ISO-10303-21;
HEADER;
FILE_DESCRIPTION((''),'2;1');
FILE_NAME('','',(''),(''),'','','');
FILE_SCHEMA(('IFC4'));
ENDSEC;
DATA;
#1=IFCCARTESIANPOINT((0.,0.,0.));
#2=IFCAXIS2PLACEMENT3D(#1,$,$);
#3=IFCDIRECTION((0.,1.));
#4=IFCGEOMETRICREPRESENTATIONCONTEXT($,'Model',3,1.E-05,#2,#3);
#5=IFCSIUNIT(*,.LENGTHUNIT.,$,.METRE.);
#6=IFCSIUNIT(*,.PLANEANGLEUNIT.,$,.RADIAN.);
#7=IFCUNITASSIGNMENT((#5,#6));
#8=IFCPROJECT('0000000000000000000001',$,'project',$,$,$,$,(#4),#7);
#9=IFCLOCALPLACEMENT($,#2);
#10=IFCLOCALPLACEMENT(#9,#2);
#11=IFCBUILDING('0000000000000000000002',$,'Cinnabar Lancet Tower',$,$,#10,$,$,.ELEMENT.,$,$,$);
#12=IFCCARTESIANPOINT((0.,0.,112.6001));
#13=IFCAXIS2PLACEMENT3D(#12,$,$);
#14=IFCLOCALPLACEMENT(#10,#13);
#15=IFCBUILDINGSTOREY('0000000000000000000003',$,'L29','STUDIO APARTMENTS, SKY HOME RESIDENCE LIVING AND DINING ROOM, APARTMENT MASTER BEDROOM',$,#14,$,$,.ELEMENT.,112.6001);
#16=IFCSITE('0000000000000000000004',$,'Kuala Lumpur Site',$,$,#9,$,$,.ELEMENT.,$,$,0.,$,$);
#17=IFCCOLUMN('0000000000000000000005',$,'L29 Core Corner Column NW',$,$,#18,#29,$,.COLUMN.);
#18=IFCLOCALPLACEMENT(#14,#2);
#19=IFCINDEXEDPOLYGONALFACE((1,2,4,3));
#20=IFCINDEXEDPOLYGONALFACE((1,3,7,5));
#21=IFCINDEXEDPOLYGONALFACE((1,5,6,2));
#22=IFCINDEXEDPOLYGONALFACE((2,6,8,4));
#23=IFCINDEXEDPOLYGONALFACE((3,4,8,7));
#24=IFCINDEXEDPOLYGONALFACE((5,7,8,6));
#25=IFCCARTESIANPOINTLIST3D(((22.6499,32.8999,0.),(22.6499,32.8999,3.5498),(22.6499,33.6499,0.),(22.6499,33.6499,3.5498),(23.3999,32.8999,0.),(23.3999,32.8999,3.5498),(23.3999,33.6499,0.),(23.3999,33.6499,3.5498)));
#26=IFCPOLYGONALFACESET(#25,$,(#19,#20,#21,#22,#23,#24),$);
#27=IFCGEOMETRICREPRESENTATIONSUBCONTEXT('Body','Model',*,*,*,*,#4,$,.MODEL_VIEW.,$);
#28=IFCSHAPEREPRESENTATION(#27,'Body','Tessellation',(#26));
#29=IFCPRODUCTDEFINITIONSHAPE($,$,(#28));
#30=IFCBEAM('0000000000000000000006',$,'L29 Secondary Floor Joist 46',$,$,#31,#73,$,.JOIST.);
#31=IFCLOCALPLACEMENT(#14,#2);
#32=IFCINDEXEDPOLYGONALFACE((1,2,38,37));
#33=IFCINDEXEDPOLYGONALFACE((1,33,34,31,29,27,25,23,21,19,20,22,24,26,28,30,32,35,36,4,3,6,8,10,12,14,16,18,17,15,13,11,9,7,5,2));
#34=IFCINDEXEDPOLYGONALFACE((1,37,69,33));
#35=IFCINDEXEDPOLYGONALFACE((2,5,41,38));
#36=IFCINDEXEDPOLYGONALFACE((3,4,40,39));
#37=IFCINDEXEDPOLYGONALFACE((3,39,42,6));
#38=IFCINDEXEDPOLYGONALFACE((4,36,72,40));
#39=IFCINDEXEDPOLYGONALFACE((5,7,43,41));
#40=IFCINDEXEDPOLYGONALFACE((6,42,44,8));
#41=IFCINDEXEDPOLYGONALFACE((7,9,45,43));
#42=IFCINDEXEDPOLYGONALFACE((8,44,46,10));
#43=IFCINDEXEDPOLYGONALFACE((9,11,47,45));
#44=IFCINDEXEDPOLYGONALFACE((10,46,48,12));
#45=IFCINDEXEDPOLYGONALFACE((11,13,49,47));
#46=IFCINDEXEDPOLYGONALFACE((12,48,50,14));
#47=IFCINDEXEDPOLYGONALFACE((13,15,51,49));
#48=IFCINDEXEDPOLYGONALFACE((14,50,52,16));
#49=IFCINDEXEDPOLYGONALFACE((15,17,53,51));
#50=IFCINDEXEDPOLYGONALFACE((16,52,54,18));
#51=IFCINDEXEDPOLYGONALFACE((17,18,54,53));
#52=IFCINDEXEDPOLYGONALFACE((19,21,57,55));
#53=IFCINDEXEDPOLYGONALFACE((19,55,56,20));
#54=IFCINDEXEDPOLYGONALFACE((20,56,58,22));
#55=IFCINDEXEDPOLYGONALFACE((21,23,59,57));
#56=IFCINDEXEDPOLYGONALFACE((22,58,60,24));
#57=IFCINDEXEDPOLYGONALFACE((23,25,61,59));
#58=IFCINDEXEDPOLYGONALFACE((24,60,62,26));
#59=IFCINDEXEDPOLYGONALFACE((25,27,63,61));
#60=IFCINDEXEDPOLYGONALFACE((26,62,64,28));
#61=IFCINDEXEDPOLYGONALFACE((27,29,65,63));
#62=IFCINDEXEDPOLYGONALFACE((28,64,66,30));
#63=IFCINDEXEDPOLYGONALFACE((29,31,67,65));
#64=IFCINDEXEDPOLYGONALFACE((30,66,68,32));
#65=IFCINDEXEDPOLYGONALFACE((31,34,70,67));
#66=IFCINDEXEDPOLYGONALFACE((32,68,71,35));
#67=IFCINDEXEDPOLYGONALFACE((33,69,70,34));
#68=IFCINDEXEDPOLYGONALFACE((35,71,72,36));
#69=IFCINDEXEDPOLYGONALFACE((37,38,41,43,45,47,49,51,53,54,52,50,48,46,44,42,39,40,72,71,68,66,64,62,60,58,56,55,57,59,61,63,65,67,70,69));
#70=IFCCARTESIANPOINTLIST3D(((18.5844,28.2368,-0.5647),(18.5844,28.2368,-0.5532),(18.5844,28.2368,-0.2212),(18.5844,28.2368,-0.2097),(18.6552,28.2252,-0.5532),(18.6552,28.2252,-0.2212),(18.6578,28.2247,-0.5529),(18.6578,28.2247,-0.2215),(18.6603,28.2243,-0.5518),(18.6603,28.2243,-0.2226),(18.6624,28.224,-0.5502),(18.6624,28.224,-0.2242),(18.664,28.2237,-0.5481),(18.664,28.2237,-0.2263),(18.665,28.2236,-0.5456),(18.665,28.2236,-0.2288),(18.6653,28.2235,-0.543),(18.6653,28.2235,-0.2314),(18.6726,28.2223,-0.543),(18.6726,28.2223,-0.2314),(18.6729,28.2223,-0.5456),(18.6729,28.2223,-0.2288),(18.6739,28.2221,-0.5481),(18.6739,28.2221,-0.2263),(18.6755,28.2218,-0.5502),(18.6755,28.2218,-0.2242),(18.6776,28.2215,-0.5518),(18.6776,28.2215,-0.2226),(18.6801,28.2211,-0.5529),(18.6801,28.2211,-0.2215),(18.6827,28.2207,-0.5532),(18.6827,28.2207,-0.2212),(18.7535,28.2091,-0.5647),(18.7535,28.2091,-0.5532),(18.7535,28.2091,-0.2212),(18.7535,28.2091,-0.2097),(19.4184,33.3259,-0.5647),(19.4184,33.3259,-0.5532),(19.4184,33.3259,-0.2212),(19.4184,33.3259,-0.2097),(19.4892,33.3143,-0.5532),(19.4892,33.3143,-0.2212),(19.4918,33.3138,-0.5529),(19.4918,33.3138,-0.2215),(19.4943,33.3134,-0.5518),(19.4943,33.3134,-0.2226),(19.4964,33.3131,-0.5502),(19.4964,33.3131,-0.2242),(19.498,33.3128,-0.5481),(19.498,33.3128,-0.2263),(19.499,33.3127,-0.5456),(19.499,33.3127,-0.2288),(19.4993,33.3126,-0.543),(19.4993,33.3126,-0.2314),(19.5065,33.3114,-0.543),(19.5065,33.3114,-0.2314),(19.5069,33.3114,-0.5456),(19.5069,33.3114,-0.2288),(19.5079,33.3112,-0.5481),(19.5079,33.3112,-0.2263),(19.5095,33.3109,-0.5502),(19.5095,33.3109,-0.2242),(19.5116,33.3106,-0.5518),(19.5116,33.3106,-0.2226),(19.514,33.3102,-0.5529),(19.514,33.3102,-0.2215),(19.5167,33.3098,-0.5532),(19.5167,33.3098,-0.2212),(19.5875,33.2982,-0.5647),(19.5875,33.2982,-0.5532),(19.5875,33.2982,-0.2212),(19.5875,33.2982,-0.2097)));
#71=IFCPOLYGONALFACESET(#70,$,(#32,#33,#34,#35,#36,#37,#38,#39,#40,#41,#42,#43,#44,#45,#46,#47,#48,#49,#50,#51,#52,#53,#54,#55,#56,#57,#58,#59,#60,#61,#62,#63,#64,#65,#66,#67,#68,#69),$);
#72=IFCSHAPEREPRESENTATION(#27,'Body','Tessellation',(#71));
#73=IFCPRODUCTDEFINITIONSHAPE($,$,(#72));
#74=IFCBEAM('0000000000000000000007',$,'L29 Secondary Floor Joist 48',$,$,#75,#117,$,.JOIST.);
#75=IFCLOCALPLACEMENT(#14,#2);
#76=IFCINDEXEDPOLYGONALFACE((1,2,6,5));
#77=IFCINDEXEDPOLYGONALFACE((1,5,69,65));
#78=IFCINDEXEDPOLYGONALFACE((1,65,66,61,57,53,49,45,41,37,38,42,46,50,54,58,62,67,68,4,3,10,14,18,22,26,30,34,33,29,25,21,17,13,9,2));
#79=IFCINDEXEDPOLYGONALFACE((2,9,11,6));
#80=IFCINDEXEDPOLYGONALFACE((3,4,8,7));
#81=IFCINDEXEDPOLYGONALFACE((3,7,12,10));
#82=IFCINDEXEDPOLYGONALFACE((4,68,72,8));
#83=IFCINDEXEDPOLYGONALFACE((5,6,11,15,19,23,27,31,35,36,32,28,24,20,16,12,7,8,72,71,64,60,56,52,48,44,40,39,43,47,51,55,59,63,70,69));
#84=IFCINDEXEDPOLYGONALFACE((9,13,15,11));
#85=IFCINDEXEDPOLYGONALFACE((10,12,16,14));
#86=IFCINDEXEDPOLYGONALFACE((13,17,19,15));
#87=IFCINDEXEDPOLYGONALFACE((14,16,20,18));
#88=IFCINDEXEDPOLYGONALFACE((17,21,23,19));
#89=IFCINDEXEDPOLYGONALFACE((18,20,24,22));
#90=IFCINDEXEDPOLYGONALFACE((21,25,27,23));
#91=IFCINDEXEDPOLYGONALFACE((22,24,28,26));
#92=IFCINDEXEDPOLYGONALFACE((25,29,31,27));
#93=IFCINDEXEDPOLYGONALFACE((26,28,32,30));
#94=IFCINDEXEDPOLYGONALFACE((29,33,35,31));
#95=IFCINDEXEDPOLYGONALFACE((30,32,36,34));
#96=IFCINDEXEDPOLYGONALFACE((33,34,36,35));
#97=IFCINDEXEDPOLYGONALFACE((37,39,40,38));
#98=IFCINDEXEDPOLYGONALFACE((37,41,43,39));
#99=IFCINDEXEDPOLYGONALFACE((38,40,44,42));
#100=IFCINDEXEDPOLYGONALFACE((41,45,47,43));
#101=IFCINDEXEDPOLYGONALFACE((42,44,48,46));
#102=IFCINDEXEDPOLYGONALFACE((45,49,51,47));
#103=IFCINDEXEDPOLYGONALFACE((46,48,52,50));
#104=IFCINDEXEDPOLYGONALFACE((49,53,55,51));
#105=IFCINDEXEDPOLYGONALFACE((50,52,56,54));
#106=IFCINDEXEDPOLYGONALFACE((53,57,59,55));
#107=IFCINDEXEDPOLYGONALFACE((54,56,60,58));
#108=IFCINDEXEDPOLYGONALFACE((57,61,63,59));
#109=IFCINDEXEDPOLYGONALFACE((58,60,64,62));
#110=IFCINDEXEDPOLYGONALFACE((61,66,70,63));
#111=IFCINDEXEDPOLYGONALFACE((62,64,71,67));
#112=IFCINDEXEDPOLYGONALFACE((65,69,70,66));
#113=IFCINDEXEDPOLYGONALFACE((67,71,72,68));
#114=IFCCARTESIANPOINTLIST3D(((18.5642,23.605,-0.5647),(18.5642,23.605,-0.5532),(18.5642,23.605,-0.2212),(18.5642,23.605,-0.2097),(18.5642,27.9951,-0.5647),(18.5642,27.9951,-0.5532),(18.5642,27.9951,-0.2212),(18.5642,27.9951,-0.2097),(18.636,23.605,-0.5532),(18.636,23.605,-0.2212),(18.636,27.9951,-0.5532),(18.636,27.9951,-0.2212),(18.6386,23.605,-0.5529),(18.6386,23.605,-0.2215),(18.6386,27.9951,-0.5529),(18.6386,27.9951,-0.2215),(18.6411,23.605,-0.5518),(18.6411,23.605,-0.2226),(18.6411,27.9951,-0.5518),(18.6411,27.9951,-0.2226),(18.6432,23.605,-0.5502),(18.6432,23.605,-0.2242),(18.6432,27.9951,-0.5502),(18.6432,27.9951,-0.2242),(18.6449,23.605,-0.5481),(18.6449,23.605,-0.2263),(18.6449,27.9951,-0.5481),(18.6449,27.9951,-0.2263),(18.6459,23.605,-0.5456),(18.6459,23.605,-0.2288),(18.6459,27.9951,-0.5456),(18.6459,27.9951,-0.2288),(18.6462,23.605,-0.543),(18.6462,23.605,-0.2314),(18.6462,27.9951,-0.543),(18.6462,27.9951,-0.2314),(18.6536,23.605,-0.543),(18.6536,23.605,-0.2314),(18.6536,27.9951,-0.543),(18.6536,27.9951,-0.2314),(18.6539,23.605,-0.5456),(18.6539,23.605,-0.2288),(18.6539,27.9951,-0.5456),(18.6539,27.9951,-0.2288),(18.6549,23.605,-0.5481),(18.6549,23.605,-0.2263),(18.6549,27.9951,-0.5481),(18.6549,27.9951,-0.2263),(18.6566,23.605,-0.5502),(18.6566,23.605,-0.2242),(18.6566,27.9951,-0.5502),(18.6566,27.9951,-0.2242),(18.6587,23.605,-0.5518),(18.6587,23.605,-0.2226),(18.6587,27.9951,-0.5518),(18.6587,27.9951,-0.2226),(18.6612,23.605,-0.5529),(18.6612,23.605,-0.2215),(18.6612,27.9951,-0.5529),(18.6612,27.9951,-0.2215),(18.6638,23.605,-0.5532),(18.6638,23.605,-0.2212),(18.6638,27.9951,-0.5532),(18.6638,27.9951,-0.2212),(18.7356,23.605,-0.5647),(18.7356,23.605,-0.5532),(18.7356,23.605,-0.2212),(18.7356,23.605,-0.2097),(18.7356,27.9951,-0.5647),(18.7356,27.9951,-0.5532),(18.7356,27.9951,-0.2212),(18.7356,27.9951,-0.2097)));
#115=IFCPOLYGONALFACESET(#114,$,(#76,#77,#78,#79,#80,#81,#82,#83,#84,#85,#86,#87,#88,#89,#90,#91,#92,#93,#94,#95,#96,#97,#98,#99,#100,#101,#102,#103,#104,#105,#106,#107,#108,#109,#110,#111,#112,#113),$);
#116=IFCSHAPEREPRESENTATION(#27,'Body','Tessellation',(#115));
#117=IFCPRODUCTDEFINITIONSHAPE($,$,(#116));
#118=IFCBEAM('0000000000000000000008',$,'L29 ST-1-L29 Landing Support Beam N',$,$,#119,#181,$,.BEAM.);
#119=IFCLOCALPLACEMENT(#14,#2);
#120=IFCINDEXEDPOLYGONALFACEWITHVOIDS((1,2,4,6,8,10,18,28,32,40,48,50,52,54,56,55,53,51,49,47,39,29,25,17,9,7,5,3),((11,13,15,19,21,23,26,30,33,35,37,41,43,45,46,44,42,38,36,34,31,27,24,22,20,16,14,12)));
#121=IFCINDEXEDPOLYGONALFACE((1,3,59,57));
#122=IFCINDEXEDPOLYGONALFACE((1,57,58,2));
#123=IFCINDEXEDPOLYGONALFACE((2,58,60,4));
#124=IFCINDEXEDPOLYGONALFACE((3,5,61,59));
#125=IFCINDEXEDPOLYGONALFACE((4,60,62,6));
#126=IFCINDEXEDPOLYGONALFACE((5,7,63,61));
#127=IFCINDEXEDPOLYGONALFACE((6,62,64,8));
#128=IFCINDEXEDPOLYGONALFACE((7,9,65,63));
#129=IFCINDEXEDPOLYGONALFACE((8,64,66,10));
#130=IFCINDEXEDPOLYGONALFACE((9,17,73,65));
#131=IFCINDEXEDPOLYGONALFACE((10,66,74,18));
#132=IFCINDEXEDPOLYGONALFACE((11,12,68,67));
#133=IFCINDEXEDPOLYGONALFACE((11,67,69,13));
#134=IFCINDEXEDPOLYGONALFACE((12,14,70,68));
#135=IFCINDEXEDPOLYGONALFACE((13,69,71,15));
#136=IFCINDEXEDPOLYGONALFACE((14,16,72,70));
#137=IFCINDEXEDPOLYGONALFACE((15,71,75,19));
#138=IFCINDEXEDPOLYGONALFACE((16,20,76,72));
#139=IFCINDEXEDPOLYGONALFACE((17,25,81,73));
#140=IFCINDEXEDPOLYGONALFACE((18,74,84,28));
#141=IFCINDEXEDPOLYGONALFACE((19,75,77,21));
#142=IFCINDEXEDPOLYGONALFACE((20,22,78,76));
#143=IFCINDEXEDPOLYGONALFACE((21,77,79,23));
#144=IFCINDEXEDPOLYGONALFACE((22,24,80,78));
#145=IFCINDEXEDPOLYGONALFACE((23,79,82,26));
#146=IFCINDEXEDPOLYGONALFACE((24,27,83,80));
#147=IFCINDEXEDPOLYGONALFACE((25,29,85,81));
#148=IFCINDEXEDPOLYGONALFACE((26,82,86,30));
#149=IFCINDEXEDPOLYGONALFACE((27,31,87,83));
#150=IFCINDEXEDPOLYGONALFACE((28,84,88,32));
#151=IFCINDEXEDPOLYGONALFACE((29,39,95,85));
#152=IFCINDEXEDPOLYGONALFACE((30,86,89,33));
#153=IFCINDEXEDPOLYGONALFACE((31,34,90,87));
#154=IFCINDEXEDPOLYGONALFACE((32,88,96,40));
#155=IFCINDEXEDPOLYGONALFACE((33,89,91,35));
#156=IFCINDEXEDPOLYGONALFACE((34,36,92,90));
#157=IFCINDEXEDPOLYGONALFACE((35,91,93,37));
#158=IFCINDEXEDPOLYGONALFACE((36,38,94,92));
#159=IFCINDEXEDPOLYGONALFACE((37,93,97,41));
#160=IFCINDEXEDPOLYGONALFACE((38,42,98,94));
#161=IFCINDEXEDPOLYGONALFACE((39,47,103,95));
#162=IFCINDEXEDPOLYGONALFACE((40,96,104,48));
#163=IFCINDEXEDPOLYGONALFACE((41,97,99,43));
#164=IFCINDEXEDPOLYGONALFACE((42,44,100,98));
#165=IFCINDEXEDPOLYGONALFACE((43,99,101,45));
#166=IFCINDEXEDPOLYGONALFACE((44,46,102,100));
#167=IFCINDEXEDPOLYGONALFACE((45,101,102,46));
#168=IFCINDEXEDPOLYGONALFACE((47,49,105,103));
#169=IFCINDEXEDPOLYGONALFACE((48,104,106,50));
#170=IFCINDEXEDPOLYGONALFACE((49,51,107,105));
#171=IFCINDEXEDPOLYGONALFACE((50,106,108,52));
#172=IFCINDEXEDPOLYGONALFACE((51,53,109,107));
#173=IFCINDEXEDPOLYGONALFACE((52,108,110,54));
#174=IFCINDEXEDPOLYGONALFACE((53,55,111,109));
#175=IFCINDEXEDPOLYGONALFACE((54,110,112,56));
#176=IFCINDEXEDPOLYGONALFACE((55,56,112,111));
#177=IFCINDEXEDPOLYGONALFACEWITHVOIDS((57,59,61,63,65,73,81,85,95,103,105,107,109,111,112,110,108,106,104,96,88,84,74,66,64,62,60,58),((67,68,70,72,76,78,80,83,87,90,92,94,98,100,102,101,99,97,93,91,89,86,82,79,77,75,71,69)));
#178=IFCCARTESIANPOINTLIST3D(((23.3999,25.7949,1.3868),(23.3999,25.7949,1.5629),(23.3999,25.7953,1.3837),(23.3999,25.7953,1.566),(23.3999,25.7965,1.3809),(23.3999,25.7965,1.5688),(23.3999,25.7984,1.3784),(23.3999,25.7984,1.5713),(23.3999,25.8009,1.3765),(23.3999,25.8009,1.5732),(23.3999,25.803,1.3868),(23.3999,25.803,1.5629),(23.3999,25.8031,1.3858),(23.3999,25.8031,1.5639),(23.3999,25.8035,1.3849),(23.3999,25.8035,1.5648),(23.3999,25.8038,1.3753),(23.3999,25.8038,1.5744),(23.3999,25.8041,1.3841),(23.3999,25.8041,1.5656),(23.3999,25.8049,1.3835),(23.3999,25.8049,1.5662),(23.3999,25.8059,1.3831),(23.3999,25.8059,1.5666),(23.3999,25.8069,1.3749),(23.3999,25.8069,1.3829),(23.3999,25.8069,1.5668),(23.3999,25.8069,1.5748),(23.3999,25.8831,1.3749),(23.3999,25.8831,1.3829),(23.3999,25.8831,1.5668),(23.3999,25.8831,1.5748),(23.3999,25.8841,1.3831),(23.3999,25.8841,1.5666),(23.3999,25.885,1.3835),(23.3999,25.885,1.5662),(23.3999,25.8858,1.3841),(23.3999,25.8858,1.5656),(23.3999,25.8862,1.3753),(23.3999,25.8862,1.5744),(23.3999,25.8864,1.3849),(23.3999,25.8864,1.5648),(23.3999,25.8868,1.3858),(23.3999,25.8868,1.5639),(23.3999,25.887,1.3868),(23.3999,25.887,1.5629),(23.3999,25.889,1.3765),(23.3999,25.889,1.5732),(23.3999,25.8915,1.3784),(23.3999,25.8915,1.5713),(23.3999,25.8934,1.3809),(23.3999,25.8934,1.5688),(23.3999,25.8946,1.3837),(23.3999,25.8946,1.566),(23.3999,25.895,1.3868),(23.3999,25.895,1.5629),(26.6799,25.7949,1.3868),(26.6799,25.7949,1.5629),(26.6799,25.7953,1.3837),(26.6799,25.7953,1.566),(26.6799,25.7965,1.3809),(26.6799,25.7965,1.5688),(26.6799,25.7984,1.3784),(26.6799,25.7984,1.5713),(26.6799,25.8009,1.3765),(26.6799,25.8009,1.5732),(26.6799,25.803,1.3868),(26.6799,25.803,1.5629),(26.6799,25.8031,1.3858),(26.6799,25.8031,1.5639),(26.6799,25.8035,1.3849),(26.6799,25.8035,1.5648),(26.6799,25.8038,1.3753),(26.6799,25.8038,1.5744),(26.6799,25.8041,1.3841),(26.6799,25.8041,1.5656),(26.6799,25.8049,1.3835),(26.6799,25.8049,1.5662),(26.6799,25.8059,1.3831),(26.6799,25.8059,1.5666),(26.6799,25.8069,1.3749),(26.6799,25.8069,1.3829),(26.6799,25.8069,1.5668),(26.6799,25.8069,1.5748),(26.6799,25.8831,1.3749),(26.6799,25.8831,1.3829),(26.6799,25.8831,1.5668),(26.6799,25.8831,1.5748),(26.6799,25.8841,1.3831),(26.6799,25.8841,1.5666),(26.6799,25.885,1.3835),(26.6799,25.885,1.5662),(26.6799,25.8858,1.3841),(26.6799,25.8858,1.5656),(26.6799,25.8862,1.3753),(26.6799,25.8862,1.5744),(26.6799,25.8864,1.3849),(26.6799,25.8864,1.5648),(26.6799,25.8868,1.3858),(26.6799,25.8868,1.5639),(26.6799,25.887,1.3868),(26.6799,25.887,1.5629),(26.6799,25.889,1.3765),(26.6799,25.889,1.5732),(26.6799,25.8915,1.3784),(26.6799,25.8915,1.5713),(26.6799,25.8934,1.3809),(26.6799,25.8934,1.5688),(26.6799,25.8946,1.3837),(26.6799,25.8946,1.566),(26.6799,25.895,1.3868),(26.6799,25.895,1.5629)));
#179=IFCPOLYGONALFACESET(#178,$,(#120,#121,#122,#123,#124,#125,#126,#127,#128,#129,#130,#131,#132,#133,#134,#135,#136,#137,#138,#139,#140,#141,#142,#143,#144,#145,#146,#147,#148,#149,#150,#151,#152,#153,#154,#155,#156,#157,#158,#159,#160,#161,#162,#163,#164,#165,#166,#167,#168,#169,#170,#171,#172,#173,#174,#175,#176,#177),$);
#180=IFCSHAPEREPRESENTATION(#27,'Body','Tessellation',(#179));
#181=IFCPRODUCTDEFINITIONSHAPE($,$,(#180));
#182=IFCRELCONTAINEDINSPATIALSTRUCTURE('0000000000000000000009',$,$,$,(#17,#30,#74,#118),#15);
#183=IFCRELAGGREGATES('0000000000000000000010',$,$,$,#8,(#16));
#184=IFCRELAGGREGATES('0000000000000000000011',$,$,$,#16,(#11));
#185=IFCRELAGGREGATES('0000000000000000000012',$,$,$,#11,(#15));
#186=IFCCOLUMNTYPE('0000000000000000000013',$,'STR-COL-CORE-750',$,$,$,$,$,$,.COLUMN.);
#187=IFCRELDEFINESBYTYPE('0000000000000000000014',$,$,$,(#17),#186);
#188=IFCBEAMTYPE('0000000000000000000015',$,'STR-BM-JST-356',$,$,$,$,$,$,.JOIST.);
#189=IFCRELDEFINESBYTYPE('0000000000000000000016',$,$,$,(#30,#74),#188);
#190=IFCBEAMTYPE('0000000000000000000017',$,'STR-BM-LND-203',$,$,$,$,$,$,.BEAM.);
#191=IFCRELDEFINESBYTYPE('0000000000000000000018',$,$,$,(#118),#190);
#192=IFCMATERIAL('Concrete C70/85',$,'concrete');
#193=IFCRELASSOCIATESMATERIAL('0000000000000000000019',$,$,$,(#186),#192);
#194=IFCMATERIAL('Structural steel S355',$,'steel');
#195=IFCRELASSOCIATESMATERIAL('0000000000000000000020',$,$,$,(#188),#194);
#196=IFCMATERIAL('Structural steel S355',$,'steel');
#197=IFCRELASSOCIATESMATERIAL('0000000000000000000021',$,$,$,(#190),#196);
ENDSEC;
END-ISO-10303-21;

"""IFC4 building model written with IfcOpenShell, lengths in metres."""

from ifc_helpers import new_model, si_unit, direction, frame, origin, origin_2d, place, context, subcontext, project, spatial, rectangle, hollow_rectangle, i_section, extrude, material, material_profile, profile_set, type_object, element, save


model = new_model("IFC4")

# Units and contexts
model_context = context("Model", 3, precision=1e-05, world=origin(), true_north=direction((0.0, 1.0)))
body_context = subcontext(model_context, "Body", "Model", "MODEL_VIEW")
ifc_project = project(units=[si_unit("LENGTHUNIT", "METRE"), si_unit("PLANEANGLEUNIT", "RADIAN")], contexts=[model_context])

# Site, building, storey
site_placement = place(None, origin())
site = spatial("IfcSite", under=ifc_project, at=site_placement, Name="Kuala Lumpur Site", CompositionType="ELEMENT", RefElevation=0.0)
building_placement = place(site_placement, origin())
building = spatial("IfcBuilding", under=site, at=building_placement, Name="Cinnabar Lancet Tower", CompositionType="ELEMENT")
storey_placement = place(building_placement, frame((0.0, 0.0, 112.6001)))
storey = spatial("IfcBuildingStorey", under=building, at=storey_placement, Name="L29", Description="STUDIO APARTMENTS, SKY HOME RESIDENCE LIVING AND DINING ROOM, APARTMENT MASTER BEDROOM", CompositionType="ELEMENT", Elevation=112.6001)

# Column
ifc_material_1 = material(Name="Concrete C70/85", Category="concrete")
ifc_material_profile_1 = material_profile(ifc_material_1, rectangle(XDim=0.75, YDim=0.75, at=origin_2d()), Name="RC-COL 750x750")
ifc_profile_set_1 = profile_set([ifc_material_profile_1], Name="Concrete C70/85")
column_type = type_object("IfcColumnType", Name="STR-COL-CORE-750", PredefinedType="COLUMN", material=ifc_profile_set_1)
column_placement = place(storey_placement, frame((23.0249, 33.2749, 0.0), z_axis=(0.0, 0.0, 1.0), x_axis=(1.0, 0.0, 0.0)))
element("IfcColumn", 1, at=column_placement, inside=storey, type_object=column_type, Name="L29 Core Corner Column NW", PredefinedType="COLUMN", context=body_context, shape_type="SweptSolid", body=[
    extrude(rectangle(XDim=0.75, YDim=0.75, at=origin_2d()), origin(), (0.0, 0.0, 1.0), 3.5498),
])

# Beams
ifc_material_2 = material(Name="Structural steel S355", Category="steel")
ifc_material_profile_2 = material_profile(ifc_material_2, i_section(OverallWidth=0.1714, OverallDepth=0.355, WebThickness=0.0073, FlangeThickness=0.0115, FilletRadius=0.0103, at=origin_2d()), Name="UKB 356x171x51")
ifc_profile_set_2 = profile_set([ifc_material_profile_2], Name="Structural steel S355")
beam_type_1 = type_object("IfcBeamType", Name="STR-BM-JST-356", PredefinedType="JOIST", material=ifc_profile_set_2)
beam_1_placement = place(storey_placement, frame((19.5029, 33.312, -0.3872), z_axis=(-0.161719, -0.986837, 0.0), x_axis=(0.986837, -0.161719, 0.0)))
element("IfcBeam", 2, at=beam_1_placement, inside=storey, type_object=beam_type_1, Name="L29 Secondary Floor Joist 46", PredefinedType="JOIST", context=body_context, shape_type="SweptSolid", body=[
    extrude(i_section(OverallWidth=0.1714, OverallDepth=0.355, WebThickness=0.0073, FlangeThickness=0.0115, FilletRadius=0.0103, at=origin_2d()), origin(), (0.0, 0.0, 1.0), 5.157),
])
beam_2_placement = place(storey_placement, frame((18.6499, 27.9951, -0.3872), z_axis=(0.0, -1.0, 0.0), x_axis=(1.0, 0.0, 0.0)))
element("IfcBeam", 3, at=beam_2_placement, inside=storey, type_object=beam_type_1, Name="L29 Secondary Floor Joist 48", PredefinedType="JOIST", context=body_context, shape_type="SweptSolid", body=[
    extrude(i_section(OverallWidth=0.1714, OverallDepth=0.355, WebThickness=0.0073, FlangeThickness=0.0115, FilletRadius=0.0103, at=origin_2d()), origin(), (0.0, 0.0, 1.0), 4.3901),
])
ifc_material_3 = material(Name="Structural steel S355", Category="steel")
ifc_material_profile_3 = material_profile(ifc_material_3, hollow_rectangle(XDim=0.1001, YDim=0.2, WallThickness=0.0081, InnerFilletRadius=0.0039, OuterFilletRadius=0.012, at=origin_2d()), Name="RHS 200x100x8")
ifc_profile_set_3 = profile_set([ifc_material_profile_3], Name="Structural steel S355")
beam_type_2 = type_object("IfcBeamType", Name="STR-BM-LND-203", PredefinedType="BEAM", material=ifc_profile_set_3)
beam_3_placement = place(storey_placement, frame((23.3999, 25.845, 1.4749), z_axis=(1.0, 0.0, 0.0), x_axis=(0.0, 1.0, 0.0)))
element("IfcBeam", 4, at=beam_3_placement, inside=storey, type_object=beam_type_2, Name="L29 ST-1-L29 Landing Support Beam N", PredefinedType="BEAM", context=body_context, shape_type="SweptSolid", body=[
    extrude(hollow_rectangle(XDim=0.1001, YDim=0.2, WallThickness=0.0081, InnerFilletRadius=0.0039, OuterFilletRadius=0.012, at=origin_2d()), origin(), (0.0, 0.0, 1.0), 3.28),
])

save(model, "model.ifc")
